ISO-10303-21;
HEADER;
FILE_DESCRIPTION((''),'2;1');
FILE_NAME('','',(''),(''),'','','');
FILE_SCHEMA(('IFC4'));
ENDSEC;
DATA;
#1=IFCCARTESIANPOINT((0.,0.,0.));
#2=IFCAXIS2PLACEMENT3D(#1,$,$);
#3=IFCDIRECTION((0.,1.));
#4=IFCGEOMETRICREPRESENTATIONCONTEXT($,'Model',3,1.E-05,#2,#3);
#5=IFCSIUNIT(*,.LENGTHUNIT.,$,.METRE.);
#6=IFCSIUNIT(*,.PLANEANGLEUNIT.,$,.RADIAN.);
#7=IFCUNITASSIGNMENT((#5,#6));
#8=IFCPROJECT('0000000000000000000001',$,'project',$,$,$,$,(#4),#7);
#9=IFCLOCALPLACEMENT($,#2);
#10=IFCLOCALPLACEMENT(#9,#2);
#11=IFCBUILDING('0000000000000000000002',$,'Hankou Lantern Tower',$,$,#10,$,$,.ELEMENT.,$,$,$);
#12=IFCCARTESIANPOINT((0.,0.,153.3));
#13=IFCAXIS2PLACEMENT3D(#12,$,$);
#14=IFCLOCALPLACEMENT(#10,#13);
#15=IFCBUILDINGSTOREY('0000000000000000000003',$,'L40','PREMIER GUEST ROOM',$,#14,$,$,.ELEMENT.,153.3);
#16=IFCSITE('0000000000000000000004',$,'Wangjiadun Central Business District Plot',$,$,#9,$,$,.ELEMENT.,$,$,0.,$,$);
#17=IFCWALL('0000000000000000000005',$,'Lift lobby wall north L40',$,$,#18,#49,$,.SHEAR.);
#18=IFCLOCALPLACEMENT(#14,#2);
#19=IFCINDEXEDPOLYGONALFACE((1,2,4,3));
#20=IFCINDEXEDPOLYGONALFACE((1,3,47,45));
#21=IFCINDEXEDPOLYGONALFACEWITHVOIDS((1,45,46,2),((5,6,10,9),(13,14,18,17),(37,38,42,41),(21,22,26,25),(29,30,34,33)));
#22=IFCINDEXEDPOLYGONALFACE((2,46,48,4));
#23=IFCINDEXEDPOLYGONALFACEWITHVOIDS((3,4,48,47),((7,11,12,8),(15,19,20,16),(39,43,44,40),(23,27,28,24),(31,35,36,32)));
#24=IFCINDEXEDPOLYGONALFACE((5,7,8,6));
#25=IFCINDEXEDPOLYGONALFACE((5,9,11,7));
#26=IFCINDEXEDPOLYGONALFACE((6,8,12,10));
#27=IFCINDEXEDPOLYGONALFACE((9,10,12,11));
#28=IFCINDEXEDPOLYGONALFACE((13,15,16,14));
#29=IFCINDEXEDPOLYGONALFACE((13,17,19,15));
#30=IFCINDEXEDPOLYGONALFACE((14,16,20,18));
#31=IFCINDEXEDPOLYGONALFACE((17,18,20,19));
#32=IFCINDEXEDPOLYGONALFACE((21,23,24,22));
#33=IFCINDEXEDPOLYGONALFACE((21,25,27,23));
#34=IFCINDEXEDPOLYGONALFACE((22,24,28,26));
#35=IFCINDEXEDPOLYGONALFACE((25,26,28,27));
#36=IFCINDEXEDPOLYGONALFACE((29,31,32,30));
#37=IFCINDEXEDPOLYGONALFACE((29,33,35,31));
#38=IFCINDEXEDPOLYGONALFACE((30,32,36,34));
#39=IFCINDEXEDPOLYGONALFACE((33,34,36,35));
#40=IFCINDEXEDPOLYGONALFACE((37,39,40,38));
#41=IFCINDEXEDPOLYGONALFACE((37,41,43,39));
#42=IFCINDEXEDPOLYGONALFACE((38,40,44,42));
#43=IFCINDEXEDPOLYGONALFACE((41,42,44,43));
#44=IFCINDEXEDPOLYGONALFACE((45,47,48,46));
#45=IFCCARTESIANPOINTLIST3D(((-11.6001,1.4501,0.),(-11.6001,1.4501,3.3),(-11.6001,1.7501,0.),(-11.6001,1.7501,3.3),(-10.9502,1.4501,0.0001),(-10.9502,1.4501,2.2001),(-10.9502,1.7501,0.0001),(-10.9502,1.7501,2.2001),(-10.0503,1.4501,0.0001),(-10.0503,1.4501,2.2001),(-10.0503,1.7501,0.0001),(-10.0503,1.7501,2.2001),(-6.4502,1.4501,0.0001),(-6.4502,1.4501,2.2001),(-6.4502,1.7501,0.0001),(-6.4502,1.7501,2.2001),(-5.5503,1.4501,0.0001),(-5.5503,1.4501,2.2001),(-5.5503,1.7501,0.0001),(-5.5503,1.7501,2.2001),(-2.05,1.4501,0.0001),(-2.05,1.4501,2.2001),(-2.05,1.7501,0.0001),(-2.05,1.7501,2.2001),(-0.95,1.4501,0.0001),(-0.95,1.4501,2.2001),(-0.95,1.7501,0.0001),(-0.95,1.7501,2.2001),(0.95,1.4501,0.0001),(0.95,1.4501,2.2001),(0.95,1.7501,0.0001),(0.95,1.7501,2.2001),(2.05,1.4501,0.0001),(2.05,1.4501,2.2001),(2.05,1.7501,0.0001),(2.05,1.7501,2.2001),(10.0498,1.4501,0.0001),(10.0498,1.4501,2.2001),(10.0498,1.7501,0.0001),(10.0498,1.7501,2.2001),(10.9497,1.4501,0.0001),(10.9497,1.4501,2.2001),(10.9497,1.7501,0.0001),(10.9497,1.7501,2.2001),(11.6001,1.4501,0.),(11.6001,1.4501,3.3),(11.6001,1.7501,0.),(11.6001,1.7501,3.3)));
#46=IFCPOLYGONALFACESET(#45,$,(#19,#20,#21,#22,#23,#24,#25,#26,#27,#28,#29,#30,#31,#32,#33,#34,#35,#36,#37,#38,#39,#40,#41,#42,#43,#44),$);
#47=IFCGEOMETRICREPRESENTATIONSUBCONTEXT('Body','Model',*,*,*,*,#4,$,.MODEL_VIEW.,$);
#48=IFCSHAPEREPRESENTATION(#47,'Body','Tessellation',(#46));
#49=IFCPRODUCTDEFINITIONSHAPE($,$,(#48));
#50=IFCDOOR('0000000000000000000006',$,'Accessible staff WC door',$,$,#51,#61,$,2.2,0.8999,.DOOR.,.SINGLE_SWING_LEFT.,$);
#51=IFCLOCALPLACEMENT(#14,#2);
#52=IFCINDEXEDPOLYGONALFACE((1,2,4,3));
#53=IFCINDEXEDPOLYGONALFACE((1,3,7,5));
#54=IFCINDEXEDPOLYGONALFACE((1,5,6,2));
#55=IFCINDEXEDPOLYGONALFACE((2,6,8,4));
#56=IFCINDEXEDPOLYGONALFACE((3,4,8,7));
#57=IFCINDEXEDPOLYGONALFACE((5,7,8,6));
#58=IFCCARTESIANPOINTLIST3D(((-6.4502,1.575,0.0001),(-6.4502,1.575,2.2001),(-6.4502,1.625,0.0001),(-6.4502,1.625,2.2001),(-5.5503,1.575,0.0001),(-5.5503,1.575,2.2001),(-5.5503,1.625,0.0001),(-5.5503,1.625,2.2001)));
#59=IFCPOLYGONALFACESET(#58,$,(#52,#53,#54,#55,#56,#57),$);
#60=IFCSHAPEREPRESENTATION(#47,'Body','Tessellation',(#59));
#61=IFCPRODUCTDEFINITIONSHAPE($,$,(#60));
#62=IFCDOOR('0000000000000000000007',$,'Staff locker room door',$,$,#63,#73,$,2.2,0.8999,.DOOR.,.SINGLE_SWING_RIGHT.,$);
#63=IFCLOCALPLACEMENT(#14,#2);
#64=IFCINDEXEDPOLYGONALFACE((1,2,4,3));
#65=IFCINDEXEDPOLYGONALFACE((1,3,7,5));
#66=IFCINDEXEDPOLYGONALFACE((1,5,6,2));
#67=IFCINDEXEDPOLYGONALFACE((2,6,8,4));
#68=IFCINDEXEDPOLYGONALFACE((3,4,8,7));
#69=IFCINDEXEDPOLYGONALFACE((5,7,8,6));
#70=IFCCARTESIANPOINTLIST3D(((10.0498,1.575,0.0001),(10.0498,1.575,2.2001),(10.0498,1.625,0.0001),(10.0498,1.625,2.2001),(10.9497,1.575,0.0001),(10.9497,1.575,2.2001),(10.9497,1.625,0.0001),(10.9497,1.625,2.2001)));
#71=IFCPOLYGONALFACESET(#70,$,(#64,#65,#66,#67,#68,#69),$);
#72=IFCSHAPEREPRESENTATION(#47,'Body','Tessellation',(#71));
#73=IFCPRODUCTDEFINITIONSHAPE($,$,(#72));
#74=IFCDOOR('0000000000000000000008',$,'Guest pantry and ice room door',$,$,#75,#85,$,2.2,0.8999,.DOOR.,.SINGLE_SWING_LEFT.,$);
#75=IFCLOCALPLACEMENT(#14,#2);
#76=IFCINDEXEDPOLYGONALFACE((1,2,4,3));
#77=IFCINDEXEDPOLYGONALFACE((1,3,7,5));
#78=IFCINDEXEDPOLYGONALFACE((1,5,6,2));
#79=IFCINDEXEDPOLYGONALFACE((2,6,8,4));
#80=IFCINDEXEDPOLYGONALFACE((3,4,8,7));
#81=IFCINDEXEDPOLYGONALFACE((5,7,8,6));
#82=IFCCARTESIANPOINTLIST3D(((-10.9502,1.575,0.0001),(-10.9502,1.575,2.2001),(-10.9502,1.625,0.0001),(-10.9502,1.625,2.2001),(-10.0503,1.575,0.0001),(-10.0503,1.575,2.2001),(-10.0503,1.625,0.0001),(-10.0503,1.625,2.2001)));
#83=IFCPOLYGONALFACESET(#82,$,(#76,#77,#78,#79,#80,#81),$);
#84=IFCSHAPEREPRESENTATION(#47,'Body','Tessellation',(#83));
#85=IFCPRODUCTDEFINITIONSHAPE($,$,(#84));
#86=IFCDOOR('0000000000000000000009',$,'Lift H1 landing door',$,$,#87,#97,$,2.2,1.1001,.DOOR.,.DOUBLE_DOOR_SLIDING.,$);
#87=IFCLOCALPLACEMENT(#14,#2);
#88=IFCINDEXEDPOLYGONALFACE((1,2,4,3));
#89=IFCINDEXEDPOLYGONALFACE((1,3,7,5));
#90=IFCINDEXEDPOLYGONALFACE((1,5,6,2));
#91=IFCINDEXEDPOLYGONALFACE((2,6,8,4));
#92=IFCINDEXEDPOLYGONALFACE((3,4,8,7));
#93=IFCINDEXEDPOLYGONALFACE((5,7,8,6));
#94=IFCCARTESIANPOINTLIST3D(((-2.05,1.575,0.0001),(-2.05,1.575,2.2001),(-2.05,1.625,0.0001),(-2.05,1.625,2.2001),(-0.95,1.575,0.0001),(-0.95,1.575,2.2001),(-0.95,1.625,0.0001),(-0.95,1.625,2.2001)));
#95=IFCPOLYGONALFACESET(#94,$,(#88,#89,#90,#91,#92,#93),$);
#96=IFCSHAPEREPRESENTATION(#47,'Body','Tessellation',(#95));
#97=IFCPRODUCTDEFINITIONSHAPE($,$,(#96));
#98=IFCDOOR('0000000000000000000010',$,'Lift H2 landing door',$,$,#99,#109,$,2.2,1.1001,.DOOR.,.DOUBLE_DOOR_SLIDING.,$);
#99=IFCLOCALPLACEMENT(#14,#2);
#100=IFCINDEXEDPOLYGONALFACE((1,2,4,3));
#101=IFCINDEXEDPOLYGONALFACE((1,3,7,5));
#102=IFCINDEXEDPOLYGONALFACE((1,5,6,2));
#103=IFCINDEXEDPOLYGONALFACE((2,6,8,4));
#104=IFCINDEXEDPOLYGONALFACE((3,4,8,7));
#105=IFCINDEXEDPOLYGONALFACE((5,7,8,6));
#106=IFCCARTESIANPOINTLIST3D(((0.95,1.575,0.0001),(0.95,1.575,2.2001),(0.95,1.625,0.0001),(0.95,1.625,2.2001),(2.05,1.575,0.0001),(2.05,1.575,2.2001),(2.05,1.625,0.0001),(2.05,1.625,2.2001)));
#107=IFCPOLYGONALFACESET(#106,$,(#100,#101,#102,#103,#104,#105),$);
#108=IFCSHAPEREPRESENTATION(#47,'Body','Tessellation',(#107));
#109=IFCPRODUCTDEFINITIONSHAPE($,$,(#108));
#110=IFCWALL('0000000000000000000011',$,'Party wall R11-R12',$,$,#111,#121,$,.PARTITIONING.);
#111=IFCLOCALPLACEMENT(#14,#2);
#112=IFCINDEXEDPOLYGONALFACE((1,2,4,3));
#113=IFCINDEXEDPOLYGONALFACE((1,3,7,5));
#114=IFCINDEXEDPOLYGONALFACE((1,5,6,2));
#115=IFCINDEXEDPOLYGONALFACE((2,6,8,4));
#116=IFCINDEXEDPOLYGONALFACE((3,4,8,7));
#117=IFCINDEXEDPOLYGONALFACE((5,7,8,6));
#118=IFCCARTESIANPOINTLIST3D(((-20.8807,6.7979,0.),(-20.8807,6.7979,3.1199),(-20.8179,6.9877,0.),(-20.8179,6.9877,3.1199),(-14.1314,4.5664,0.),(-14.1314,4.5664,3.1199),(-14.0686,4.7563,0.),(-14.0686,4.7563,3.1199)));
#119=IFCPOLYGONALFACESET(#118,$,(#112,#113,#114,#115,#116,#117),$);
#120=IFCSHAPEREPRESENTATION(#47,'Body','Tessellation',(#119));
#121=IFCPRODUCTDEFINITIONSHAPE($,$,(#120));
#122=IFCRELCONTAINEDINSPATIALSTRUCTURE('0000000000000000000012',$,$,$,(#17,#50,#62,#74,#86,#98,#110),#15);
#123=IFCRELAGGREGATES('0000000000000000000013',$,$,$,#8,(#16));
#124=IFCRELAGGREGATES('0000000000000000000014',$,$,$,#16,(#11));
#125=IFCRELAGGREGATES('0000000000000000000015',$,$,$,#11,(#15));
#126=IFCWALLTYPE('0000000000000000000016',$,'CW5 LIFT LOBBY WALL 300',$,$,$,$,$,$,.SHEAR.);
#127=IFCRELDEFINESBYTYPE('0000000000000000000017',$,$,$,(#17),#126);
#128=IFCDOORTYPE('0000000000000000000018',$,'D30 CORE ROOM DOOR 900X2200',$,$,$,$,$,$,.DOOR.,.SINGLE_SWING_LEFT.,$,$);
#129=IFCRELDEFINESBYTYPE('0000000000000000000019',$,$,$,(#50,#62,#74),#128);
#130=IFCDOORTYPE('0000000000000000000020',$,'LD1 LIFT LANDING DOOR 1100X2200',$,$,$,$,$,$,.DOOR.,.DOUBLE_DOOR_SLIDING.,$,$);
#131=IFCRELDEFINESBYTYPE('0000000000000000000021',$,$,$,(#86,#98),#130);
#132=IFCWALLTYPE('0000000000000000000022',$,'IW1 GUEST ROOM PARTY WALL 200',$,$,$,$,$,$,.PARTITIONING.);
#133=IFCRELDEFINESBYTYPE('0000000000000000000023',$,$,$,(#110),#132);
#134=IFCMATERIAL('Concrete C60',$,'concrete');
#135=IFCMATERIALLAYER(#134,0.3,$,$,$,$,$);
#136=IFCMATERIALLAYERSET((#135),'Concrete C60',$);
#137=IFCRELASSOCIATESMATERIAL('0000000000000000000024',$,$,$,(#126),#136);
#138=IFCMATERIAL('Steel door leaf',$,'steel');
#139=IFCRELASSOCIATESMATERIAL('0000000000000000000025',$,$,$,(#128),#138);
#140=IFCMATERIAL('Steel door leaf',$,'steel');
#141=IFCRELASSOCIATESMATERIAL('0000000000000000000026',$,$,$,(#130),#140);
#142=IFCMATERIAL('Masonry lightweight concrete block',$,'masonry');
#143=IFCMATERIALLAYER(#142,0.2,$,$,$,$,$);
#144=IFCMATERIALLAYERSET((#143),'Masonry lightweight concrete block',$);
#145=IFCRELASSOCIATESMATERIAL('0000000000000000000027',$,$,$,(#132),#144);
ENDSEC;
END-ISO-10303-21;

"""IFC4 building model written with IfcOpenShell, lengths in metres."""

from ifc_helpers import new_model, si_unit, direction, frame, frame_2d, origin, place, context, subcontext, project, spatial, rectangle, extrude, material, layer, layer_set, type_object, element, fill, save


model = new_model("IFC4")

# Units and contexts
model_context = context("Model", 3, precision=1e-05, world=origin(), true_north=direction((0.0, 1.0)))
body_context = subcontext(model_context, "Body", "Model", "MODEL_VIEW")
ifc_project = project(units=[si_unit("LENGTHUNIT", "METRE"), si_unit("PLANEANGLEUNIT", "RADIAN")], contexts=[model_context])

# Site, building, storey
site_placement = place(None, origin())
site = spatial("IfcSite", under=ifc_project, at=site_placement, Name="Wangjiadun Central Business District Plot", CompositionType="ELEMENT", RefElevation=0.0)
building_placement = place(site_placement, origin())
building = spatial("IfcBuilding", under=site, at=building_placement, Name="Hankou Lantern Tower", CompositionType="ELEMENT")
storey_placement = place(building_placement, frame((0.0, 0.0, 153.3)))
storey = spatial("IfcBuildingStorey", under=building, at=storey_placement, Name="L40", Description="PREMIER GUEST ROOM", CompositionType="ELEMENT", Elevation=153.3)

# Wall, openings, doors
ifc_material_1 = material(Name="Concrete C60", Category="concrete")
ifc_layer_1 = layer(ifc_material_1, 0.3)
ifc_layer_set_1 = layer_set([ifc_layer_1], Name="Concrete C60")
wall_type_1 = type_object("IfcWallType", Name="CW5 LIFT LOBBY WALL 300", PredefinedType="SHEAR", material=ifc_layer_set_1)
wall_1_placement = place(storey_placement, frame((-11.6001, 1.6001, 0.0), z_axis=(0.0, 0.0, 1.0), x_axis=(1.0, 0.0, 0.0)))
wall_1 = element("IfcWall", 1, at=wall_1_placement, inside=storey, type_object=wall_type_1, Name="Lift lobby wall north L40", PredefinedType="SHEAR", context=body_context, shape_type="SweptSolid", body=[
    extrude(rectangle(XDim=23.2002, YDim=0.3, at=frame_2d((11.6001, 0.0))), origin(), (0.0, 0.0, 1.0), 3.3),
])
opening_1_placement = place(wall_1_placement, frame((9.55, 0.0, 0.0)))
opening_1 = element("IfcOpeningElement", 2, at=opening_1_placement, cuts=wall_1, PredefinedType="OPENING", context=body_context, shape_type="SweptSolid", body=[
    extrude(rectangle(XDim=1.1001, YDim=2.2, at=frame_2d((0.55, 1.1001))), frame((0.0, 0.1599, 0.0), z_axis=(0.0, -1.0, 0.0), x_axis=(1.0, 0.0, 0.0)), (0.0, 0.0, 1.0), 0.3201),
])
opening_2_placement = place(wall_1_placement, frame((12.55, 0.0, 0.0)))
opening_2 = element("IfcOpeningElement", 3, at=opening_2_placement, cuts=wall_1, PredefinedType="OPENING", context=body_context, shape_type="SweptSolid", body=[
    extrude(rectangle(XDim=1.1001, YDim=2.2, at=frame_2d((0.55, 1.1001))), frame((0.0, 0.1599, 0.0), z_axis=(0.0, -1.0, 0.0), x_axis=(1.0, 0.0, 0.0)), (0.0, 0.0, 1.0), 0.3201),
])
opening_3_placement = place(wall_1_placement, frame((5.1499, 0.0, 0.0)))
opening_3 = element("IfcOpeningElement", 4, at=opening_3_placement, cuts=wall_1, PredefinedType="OPENING", context=body_context, shape_type="SweptSolid", body=[
    extrude(rectangle(XDim=0.8999, YDim=2.2, at=frame_2d((0.45, 1.1001))), frame((0.0, 0.1599, 0.0), z_axis=(0.0, -1.0, 0.0), x_axis=(1.0, 0.0, 0.0)), (0.0, 0.0, 1.0), 0.3201),
])
opening_4_placement = place(wall_1_placement, frame((21.6499, 0.0, 0.0)))
opening_4 = element("IfcOpeningElement", 5, at=opening_4_placement, cuts=wall_1, PredefinedType="OPENING", context=body_context, shape_type="SweptSolid", body=[
    extrude(rectangle(XDim=0.8999, YDim=2.2, at=frame_2d((0.45, 1.1001))), frame((0.0, 0.1599, 0.0), z_axis=(0.0, -1.0, 0.0), x_axis=(1.0, 0.0, 0.0)), (0.0, 0.0, 1.0), 0.3201),
])
opening_5_placement = place(wall_1_placement, frame((0.6499, 0.0, 0.0)))
opening_5 = element("IfcOpeningElement", 6, at=opening_5_placement, cuts=wall_1, PredefinedType="OPENING", context=body_context, shape_type="SweptSolid", body=[
    extrude(rectangle(XDim=0.8999, YDim=2.2, at=frame_2d((0.45, 1.1001))), frame((0.0, 0.1599, 0.0), z_axis=(0.0, -1.0, 0.0), x_axis=(1.0, 0.0, 0.0)), (0.0, 0.0, 1.0), 0.3201),
])
ifc_material_2 = material(Name="Steel door leaf", Category="steel")
door_type_1 = type_object("IfcDoorType", Name="D30 CORE ROOM DOOR 900X2200", OperationType="SINGLE_SWING_LEFT", PredefinedType="DOOR", material=ifc_material_2)
door_1_placement = place(opening_3_placement, origin())
door_1 = element("IfcDoor", 7, at=door_1_placement, inside=storey, type_object=door_type_1, Name="Accessible staff WC door", OperationType="SINGLE_SWING_LEFT", OverallHeight=2.2, OverallWidth=0.8999, PredefinedType="DOOR", context=body_context, shape_type="SweptSolid", body=[
    extrude(rectangle(XDim=0.8999, YDim=2.2, at=frame_2d((0.45, 1.1001))), frame((0.0, 0.0249, 0.0), z_axis=(0.0, -1.0, 0.0), x_axis=(1.0, 0.0, 0.0)), (0.0, 0.0, 1.0), 0.05),
])
fill(opening_3, door_1)
door_2_placement = place(opening_4_placement, origin())
door_2 = element("IfcDoor", 8, at=door_2_placement, inside=storey, type_object=door_type_1, Name="Staff locker room door", OperationType="SINGLE_SWING_RIGHT", OverallHeight=2.2, OverallWidth=0.8999, PredefinedType="DOOR", context=body_context, shape_type="SweptSolid", body=[
    extrude(rectangle(XDim=0.8999, YDim=2.2, at=frame_2d((0.45, 1.1001))), frame((0.0, 0.0249, 0.0), z_axis=(0.0, -1.0, 0.0), x_axis=(1.0, 0.0, 0.0)), (0.0, 0.0, 1.0), 0.05),
])
fill(opening_4, door_2)
door_3_placement = place(opening_5_placement, origin())
door_3 = element("IfcDoor", 9, at=door_3_placement, inside=storey, type_object=door_type_1, Name="Guest pantry and ice room door", OperationType="SINGLE_SWING_LEFT", OverallHeight=2.2, OverallWidth=0.8999, PredefinedType="DOOR", context=body_context, shape_type="SweptSolid", body=[
    extrude(rectangle(XDim=0.8999, YDim=2.2, at=frame_2d((0.45, 1.1001))), frame((0.0, 0.0249, 0.0), z_axis=(0.0, -1.0, 0.0), x_axis=(1.0, 0.0, 0.0)), (0.0, 0.0, 1.0), 0.05),
])
fill(opening_5, door_3)
ifc_material_3 = material(Name="Steel door leaf", Category="steel")
door_type_2 = type_object("IfcDoorType", Name="LD1 LIFT LANDING DOOR 1100X2200", OperationType="DOUBLE_DOOR_SLIDING", PredefinedType="DOOR", material=ifc_material_3)
door_4_placement = place(opening_1_placement, origin())
door_4 = element("IfcDoor", 10, at=door_4_placement, inside=storey, type_object=door_type_2, Name="Lift H1 landing door", OperationType="DOUBLE_DOOR_SLIDING", OverallHeight=2.2, OverallWidth=1.1001, PredefinedType="DOOR", context=body_context, shape_type="SweptSolid", body=[
    extrude(rectangle(XDim=1.1001, YDim=2.2, at=frame_2d((0.55, 1.1001))), frame((0.0, 0.0249, 0.0), z_axis=(0.0, -1.0, 0.0), x_axis=(1.0, 0.0, 0.0)), (0.0, 0.0, 1.0), 0.05),
])
fill(opening_1, door_4)
door_5_placement = place(opening_2_placement, origin())
door_5 = element("IfcDoor", 11, at=door_5_placement, inside=storey, type_object=door_type_2, Name="Lift H2 landing door", OperationType="DOUBLE_DOOR_SLIDING", OverallHeight=2.2, OverallWidth=1.1001, PredefinedType="DOOR", context=body_context, shape_type="SweptSolid", body=[
    extrude(rectangle(XDim=1.1001, YDim=2.2, at=frame_2d((0.55, 1.1001))), frame((0.0, 0.0249, 0.0), z_axis=(0.0, -1.0, 0.0), x_axis=(1.0, 0.0, 0.0)), (0.0, 0.0, 1.0), 0.05),
])
fill(opening_2, door_5)

# Wall
ifc_material_4 = material(Name="Masonry lightweight concrete block", Category="masonry")
ifc_layer_2 = layer(ifc_material_4, 0.2)
ifc_layer_set_2 = layer_set([ifc_layer_2], Name="Masonry lightweight concrete block")
wall_type_2 = type_object("IfcWallType", Name="IW1 GUEST ROOM PARTY WALL 200", PredefinedType="PARTITIONING", material=ifc_layer_set_2)
wall_2_placement = place(storey_placement, frame((-14.1001, 4.6614, 0.0), z_axis=(0.0, 0.0, 1.0), x_axis=(-0.949453, 0.313909, 0.0)))
element("IfcWall", 12, at=wall_2_placement, inside=storey, type_object=wall_type_2, Name="Party wall R11-R12", PredefinedType="PARTITIONING", context=body_context, shape_type="SweptSolid", body=[
    extrude(rectangle(XDim=7.1086, YDim=0.2, at=frame_2d((3.5542, 0.0))), origin(), (0.0, 0.0, 1.0), 3.1199),
])

save(model, "model.ifc")
